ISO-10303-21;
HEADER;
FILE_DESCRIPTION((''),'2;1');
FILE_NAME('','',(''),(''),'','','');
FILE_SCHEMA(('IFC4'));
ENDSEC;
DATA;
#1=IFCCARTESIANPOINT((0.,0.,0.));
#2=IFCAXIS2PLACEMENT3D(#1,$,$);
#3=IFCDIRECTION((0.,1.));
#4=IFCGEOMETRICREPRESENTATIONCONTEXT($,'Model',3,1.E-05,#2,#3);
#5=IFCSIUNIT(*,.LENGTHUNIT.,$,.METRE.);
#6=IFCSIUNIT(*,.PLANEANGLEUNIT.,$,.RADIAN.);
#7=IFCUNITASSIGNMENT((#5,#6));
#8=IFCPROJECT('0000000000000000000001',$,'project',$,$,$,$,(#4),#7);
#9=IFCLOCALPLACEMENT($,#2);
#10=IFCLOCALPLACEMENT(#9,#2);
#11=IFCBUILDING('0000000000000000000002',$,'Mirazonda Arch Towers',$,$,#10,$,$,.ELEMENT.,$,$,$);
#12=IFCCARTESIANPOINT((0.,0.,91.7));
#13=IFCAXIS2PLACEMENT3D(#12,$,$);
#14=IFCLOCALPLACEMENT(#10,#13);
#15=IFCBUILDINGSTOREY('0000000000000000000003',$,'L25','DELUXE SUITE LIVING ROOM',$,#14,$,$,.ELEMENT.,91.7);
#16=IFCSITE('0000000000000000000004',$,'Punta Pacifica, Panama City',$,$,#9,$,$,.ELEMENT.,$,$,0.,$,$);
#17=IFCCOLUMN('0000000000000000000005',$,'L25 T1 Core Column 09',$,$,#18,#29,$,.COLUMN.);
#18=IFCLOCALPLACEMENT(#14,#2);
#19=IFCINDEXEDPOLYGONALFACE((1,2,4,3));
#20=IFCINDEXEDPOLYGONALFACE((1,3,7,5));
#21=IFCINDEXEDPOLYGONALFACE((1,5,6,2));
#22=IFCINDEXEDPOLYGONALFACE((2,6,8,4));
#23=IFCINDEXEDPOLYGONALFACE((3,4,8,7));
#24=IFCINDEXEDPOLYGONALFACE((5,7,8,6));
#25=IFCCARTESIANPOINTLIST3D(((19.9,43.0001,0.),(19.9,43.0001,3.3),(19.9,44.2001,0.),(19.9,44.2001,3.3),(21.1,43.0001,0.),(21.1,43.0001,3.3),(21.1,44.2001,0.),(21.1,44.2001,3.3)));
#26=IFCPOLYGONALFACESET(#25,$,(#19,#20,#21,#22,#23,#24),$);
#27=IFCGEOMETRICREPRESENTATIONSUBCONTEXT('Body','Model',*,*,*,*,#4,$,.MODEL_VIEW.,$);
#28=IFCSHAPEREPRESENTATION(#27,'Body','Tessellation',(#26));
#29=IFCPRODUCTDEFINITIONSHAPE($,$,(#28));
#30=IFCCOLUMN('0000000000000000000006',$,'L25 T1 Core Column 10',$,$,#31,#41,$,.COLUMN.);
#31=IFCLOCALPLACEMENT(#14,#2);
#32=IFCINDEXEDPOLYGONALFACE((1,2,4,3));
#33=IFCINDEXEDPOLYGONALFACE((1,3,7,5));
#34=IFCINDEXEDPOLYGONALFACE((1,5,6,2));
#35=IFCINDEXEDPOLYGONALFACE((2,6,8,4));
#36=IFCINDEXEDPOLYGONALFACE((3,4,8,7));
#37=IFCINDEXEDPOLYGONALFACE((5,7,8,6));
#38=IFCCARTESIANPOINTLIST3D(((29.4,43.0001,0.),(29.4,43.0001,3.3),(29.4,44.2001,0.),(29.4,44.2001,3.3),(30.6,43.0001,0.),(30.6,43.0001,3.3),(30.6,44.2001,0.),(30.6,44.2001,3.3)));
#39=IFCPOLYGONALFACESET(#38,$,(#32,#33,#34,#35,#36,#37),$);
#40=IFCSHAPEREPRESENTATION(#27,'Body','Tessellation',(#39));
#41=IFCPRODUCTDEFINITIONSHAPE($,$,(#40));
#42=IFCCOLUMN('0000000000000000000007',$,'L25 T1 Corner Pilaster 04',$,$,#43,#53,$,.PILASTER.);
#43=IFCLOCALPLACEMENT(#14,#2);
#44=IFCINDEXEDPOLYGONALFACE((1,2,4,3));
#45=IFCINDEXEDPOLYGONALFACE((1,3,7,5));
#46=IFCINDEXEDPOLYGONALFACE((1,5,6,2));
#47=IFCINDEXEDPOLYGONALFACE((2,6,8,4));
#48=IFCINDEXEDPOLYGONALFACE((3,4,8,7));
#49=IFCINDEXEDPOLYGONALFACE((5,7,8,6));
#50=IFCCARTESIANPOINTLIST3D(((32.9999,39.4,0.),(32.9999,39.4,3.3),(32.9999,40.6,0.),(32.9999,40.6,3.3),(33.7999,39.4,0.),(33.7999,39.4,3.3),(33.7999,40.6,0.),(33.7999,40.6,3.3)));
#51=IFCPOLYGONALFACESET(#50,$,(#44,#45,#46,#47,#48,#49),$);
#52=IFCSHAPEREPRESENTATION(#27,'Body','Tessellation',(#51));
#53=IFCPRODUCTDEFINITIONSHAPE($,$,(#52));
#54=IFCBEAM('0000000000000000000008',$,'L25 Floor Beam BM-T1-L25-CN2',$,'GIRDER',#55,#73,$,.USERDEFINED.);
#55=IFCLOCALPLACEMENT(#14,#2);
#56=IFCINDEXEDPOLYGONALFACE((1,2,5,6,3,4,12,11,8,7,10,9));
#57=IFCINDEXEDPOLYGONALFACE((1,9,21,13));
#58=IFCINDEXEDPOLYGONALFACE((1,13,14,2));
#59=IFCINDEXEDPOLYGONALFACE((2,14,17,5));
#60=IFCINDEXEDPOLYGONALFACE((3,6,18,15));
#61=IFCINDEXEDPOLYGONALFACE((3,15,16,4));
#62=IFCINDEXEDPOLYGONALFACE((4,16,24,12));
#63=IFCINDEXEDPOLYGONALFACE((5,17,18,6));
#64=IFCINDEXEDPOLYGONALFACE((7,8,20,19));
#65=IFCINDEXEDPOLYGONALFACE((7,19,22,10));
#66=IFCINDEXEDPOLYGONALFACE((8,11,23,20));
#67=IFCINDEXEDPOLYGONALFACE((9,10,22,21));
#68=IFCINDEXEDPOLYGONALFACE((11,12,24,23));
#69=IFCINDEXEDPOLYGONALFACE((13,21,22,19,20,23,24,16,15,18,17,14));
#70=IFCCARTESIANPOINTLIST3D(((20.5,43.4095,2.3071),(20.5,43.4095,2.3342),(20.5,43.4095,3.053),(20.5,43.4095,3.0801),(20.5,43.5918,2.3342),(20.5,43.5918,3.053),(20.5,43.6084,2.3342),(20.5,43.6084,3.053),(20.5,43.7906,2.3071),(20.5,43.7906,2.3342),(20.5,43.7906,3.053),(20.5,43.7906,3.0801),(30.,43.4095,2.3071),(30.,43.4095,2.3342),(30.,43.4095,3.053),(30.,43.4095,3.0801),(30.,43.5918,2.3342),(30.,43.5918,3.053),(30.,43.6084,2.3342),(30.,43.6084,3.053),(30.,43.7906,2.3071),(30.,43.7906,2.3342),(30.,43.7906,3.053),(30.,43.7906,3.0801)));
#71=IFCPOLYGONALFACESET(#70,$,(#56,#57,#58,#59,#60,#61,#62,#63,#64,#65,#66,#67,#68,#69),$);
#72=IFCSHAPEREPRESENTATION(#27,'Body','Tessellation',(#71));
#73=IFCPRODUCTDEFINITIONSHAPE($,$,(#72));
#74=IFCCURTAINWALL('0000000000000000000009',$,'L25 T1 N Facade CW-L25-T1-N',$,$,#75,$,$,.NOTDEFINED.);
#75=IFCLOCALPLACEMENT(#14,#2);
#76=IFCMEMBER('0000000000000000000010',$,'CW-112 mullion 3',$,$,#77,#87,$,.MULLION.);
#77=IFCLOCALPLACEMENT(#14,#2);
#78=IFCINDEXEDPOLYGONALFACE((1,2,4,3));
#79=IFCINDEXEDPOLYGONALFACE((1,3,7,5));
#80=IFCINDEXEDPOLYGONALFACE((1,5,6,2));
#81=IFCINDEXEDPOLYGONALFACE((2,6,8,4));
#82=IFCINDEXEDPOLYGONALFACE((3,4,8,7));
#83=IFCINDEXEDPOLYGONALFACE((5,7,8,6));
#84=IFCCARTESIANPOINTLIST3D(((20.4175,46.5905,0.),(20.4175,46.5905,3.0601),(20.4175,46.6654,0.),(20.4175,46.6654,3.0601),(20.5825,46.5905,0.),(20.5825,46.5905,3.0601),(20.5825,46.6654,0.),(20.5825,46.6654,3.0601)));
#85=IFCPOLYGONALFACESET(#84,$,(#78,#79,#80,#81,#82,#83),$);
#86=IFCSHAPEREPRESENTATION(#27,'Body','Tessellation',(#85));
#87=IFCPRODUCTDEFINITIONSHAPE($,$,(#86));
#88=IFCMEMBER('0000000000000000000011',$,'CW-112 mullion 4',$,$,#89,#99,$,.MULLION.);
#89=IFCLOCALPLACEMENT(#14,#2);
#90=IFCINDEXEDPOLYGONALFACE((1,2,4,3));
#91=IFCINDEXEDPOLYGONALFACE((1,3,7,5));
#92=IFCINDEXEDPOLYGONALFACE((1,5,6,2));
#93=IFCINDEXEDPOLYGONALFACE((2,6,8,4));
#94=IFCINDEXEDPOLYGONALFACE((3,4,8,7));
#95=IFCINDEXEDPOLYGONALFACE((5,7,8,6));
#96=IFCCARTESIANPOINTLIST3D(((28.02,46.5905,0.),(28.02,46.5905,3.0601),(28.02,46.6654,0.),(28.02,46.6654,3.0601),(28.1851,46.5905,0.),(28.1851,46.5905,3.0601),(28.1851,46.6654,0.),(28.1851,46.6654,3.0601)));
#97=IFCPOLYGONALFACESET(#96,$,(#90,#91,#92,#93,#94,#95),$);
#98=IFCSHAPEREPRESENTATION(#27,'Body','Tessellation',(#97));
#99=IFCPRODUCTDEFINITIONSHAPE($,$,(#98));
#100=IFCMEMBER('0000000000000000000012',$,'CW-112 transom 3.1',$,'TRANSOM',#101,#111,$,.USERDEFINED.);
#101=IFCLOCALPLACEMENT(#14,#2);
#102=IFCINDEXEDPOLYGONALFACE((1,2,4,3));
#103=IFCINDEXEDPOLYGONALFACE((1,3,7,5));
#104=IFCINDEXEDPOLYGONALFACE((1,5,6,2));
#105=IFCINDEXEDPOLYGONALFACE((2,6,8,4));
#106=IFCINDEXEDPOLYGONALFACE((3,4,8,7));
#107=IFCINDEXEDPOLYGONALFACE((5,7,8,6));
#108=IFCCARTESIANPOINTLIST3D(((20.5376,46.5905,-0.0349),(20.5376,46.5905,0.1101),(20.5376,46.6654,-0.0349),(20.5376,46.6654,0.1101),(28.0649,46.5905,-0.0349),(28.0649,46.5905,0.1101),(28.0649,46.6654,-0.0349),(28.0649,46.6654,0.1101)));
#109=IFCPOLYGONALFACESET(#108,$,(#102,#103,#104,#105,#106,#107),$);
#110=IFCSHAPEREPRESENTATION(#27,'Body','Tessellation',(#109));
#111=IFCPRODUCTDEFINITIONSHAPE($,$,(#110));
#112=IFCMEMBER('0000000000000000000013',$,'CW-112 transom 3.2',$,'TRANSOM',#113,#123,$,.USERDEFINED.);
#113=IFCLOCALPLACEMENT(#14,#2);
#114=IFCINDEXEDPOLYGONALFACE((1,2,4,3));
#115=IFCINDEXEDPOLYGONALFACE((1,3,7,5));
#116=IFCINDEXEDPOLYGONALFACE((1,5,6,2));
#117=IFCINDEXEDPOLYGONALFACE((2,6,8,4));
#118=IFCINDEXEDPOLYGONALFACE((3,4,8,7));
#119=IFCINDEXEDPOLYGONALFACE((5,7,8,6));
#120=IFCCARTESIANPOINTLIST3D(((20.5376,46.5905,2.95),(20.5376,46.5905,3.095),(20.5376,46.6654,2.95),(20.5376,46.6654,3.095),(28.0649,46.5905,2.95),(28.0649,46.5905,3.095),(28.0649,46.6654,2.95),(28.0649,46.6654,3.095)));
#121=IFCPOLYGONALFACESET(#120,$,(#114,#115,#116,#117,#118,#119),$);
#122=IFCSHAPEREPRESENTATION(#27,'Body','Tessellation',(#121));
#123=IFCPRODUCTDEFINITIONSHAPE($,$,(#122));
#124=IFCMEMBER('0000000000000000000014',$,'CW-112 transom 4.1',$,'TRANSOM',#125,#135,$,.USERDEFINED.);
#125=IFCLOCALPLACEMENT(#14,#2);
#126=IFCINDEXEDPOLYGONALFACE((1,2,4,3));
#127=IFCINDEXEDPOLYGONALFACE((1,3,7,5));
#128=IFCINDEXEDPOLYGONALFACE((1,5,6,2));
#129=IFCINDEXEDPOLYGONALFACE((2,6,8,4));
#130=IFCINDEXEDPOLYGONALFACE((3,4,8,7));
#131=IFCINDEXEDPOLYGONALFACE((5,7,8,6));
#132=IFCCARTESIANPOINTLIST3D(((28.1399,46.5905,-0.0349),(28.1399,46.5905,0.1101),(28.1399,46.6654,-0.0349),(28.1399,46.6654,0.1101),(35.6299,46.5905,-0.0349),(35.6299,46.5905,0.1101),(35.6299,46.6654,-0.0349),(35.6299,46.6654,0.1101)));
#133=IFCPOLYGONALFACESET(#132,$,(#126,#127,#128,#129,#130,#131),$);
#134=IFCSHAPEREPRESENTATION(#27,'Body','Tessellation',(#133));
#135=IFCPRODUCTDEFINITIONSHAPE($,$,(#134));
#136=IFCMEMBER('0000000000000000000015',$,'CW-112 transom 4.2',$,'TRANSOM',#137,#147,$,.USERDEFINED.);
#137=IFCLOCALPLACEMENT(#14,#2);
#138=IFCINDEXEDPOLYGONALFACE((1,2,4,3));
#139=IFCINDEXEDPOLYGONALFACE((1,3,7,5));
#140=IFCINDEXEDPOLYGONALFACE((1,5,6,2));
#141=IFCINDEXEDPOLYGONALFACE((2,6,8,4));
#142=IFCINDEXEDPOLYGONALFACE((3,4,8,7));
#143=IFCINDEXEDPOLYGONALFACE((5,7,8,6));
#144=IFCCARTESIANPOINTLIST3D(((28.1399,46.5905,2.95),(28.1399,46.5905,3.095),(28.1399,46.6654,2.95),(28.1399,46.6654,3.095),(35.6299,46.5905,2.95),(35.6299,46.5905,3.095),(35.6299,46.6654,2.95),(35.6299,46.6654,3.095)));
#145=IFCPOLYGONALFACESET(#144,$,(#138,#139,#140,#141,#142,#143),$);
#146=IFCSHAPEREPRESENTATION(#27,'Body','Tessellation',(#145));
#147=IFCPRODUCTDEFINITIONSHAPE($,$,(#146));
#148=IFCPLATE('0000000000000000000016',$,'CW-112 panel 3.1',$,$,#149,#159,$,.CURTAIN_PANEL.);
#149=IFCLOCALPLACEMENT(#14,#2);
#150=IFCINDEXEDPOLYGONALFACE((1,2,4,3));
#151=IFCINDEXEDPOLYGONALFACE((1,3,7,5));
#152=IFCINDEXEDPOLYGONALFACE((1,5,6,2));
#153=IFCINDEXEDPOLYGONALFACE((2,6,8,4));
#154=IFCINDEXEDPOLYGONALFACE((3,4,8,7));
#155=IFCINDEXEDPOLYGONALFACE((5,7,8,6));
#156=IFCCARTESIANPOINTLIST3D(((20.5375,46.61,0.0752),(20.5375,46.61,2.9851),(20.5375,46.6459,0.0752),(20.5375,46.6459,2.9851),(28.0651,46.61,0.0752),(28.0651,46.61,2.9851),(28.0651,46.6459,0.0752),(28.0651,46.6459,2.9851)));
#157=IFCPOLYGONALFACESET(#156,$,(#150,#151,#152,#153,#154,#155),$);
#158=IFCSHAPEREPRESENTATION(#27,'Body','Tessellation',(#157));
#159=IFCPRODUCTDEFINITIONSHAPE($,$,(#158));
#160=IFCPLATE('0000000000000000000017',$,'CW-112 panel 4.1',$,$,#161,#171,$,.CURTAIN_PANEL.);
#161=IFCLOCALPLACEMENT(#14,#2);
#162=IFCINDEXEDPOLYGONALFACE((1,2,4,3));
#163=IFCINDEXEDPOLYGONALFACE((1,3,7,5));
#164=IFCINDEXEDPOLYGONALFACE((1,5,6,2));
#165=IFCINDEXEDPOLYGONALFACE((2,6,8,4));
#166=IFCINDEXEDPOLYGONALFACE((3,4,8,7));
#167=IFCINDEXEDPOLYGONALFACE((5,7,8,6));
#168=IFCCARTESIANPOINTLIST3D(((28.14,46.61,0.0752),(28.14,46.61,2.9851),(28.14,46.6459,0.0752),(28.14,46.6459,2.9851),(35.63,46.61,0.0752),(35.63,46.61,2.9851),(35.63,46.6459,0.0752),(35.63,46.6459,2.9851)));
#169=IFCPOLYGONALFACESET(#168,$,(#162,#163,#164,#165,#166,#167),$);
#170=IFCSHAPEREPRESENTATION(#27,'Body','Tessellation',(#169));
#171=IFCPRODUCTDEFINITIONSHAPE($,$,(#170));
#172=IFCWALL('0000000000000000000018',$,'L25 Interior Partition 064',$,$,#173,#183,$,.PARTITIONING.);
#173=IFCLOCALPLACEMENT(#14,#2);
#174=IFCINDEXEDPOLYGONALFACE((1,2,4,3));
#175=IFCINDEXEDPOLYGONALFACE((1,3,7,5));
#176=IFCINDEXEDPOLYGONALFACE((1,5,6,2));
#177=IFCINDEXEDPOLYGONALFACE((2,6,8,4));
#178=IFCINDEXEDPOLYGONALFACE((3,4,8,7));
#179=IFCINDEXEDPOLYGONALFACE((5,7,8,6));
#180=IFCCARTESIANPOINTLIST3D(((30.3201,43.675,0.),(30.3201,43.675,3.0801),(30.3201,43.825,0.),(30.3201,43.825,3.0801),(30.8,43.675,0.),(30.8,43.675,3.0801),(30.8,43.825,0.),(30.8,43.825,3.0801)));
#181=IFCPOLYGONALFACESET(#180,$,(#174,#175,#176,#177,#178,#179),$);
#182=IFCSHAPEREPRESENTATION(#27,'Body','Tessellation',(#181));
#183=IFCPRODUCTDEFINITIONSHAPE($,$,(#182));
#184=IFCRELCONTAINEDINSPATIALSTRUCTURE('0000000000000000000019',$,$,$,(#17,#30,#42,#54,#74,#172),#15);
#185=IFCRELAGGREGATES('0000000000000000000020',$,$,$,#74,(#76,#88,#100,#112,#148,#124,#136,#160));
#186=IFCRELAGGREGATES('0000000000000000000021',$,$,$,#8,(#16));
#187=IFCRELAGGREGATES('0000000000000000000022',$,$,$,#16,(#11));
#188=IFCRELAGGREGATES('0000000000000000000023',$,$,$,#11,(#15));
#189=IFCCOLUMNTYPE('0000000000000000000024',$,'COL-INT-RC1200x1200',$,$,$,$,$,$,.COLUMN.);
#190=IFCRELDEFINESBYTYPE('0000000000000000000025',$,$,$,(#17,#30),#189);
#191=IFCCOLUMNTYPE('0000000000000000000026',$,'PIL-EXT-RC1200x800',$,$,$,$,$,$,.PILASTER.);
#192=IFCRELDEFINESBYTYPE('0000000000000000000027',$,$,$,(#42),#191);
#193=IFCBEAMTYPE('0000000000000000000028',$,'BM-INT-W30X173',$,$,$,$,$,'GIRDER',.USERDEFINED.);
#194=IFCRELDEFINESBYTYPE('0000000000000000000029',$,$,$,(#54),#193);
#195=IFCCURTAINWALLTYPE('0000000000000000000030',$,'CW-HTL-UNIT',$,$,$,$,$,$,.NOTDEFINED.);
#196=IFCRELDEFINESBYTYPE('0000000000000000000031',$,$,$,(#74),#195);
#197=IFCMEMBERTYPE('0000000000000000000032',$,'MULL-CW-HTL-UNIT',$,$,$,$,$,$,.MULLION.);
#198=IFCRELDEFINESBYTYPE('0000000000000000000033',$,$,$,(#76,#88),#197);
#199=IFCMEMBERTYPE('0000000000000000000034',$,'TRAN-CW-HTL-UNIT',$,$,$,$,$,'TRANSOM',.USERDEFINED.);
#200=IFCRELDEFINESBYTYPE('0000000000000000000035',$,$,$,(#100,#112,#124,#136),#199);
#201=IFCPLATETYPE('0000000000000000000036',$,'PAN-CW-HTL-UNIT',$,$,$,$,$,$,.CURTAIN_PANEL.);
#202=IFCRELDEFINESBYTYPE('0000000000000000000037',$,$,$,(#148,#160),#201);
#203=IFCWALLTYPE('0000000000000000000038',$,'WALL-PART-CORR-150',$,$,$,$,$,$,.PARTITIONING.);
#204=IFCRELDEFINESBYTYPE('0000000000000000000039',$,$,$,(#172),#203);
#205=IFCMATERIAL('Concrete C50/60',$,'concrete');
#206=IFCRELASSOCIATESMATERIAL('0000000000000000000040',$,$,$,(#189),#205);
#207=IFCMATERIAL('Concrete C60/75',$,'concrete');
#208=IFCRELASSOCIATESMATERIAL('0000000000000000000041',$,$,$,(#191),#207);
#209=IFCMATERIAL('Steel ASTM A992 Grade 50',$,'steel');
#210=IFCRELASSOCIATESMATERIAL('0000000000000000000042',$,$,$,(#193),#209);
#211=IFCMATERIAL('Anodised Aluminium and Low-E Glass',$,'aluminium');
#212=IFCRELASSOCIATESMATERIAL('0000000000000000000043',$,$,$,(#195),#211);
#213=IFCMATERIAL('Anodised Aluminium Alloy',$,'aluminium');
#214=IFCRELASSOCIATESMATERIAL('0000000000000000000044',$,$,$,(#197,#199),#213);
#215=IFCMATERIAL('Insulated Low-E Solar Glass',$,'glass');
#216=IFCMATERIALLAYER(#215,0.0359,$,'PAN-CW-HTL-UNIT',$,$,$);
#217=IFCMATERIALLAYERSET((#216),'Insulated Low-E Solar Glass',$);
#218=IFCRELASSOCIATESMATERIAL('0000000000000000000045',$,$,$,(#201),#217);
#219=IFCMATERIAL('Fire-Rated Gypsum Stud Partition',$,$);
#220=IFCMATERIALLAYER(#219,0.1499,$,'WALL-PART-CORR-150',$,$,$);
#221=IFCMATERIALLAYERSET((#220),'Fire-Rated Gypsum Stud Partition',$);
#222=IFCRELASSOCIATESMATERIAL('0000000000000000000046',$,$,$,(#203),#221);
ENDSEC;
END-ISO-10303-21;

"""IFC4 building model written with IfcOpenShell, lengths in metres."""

from ifc_helpers import new_model, si_unit, direction, frame, frame_2d, origin, origin_2d, place, context, subcontext, project, spatial, rectangle, i_section, extrude, material, layer, layer_set, material_profile, profile_set, type_object, element, aggregate, save


model = new_model("IFC4")

# Units and contexts
model_context = context("Model", 3, precision=1e-05, world=origin(), true_north=direction((0.0, 1.0)))
body_context = subcontext(model_context, "Body", "Model", "MODEL_VIEW")
ifc_project = project(units=[si_unit("LENGTHUNIT", "METRE"), si_unit("PLANEANGLEUNIT", "RADIAN")], contexts=[model_context])

# Site, building, storey
site_placement = place(None, origin())
site = spatial("IfcSite", under=ifc_project, at=site_placement, Name="Punta Pacifica, Panama City", CompositionType="ELEMENT", RefElevation=0.0)
building_placement = place(site_placement, origin())
building = spatial("IfcBuilding", under=site, at=building_placement, Name="Mirazonda Arch Towers", CompositionType="ELEMENT")
storey_placement = place(building_placement, frame((0.0, 0.0, 91.7)))
storey = spatial("IfcBuildingStorey", under=building, at=storey_placement, Name="L25", Description="DELUXE SUITE LIVING ROOM", CompositionType="ELEMENT", Elevation=91.7)

# Columns
ifc_material_1 = material(Name="Concrete C50/60", Category="concrete")
ifc_material_profile_1 = material_profile(ifc_material_1, rectangle(XDim=1.2, YDim=1.2, at=origin_2d()), Name="RC1200x1200")
ifc_profile_set_1 = profile_set([ifc_material_profile_1], Name="Concrete C50/60")
column_type_1 = type_object("IfcColumnType", Name="COL-INT-RC1200x1200", PredefinedType="COLUMN", material=ifc_profile_set_1)
for number, where, z_axis, x_axis, name in (
    (1, (20.5, 43.6001, 0.0), (0.0, 0.0, 1.0), (1.0, 0.0, 0.0), "L25 T1 Core Column 09"),
    (2, (30.0, 43.6001, 0.0), (0.0, 0.0, 1.0), (1.0, 0.0, 0.0), "L25 T1 Core Column 10"),
):
    element("IfcColumn", number, at=place(storey_placement, frame(where, z_axis=z_axis, x_axis=x_axis)), inside=storey, type_object=column_type_1, Name=name, PredefinedType="COLUMN", context=body_context, shape_type="SweptSolid", body=[
        extrude(rectangle(XDim=1.2, YDim=1.2, at=origin_2d()), origin(), (0.0, 0.0, 1.0), 3.3),
    ])
ifc_material_2 = material(Name="Concrete C60/75", Category="concrete")
ifc_material_profile_2 = material_profile(ifc_material_2, rectangle(XDim=0.8, YDim=1.2, at=origin_2d()), Name="RC1200x800")
ifc_profile_set_2 = profile_set([ifc_material_profile_2], Name="Concrete C60/75")
column_type_2 = type_object("IfcColumnType", Name="PIL-EXT-RC1200x800", PredefinedType="PILASTER", material=ifc_profile_set_2)
column_placement = place(storey_placement, frame((33.3999, 40.0, 0.0), z_axis=(0.0, 0.0, 1.0), x_axis=(1.0, 0.0, 0.0)))
element("IfcColumn", 3, at=column_placement, inside=storey, type_object=column_type_2, Name="L25 T1 Corner Pilaster 04", PredefinedType="PILASTER", context=body_context, shape_type="SweptSolid", body=[
    extrude(rectangle(XDim=0.8, YDim=1.2, at=origin_2d()), origin(), (0.0, 0.0, 1.0), 3.3),
])

# Beam
ifc_material_3 = material(Name="Steel ASTM A992 Grade 50", Category="steel")
ifc_material_profile_3 = material_profile(ifc_material_3, i_section(OverallWidth=0.3811, OverallDepth=0.7729, WebThickness=0.0166, FlangeThickness=0.0271, at=origin_2d()), Name="W30X173")
ifc_profile_set_3 = profile_set([ifc_material_profile_3], Name="Steel ASTM A992 Grade 50")
beam_type = type_object("IfcBeamType", Name="BM-INT-W30X173", ElementType="GIRDER", PredefinedType="USERDEFINED", material=ifc_profile_set_3)
beam_placement = place(storey_placement, frame((20.5, 43.6001, 2.6936), z_axis=(1.0, 0.0, 0.0), x_axis=(0.0, 1.0, 0.0)))
element("IfcBeam", 4, at=beam_placement, inside=storey, type_object=beam_type, Name="L25 Floor Beam BM-T1-L25-CN2", ObjectType="GIRDER", PredefinedType="USERDEFINED", context=body_context, shape_type="SweptSolid", body=[
    extrude(i_section(OverallWidth=0.3811, OverallDepth=0.7729, WebThickness=0.0166, FlangeThickness=0.0271, at=origin_2d()), origin(), (0.0, 0.0, 1.0), 9.5),
])

# Curtain wall, members, plates
ifc_material_4 = material(Name="Anodised Aluminium and Low-E Glass", Category="aluminium")
curtain_wall_type = type_object("IfcCurtainWallType", Name="CW-HTL-UNIT", PredefinedType="NOTDEFINED", material=ifc_material_4)
curtain_wall_placement = place(storey_placement, origin())
curtain_wall = element("IfcCurtainWall", 5, at=curtain_wall_placement, inside=storey, type_object=curtain_wall_type, Name="L25 T1 N Facade CW-L25-T1-N", PredefinedType="NOTDEFINED")
ifc_material_5 = material(Name="Anodised Aluminium Alloy", Category="aluminium")
ifc_material_profile_4 = material_profile(ifc_material_5, rectangle(XDim=0.075, YDim=0.165, at=origin_2d()), Name="ALU-MULL-75x165")
ifc_profile_set_4 = profile_set([ifc_material_profile_4], Name="Anodised Aluminium Alloy")
member_type_1 = type_object("IfcMemberType", Name="MULL-CW-HTL-UNIT", PredefinedType="MULLION", material=ifc_profile_set_4)
member_1_placement = place(storey_placement, frame((20.5, 46.6279, 0.0), z_axis=(0.0, 0.0, 1.0), x_axis=(0.0, 1.0, 0.0)))
member_1 = element("IfcMember", 6, at=member_1_placement, type_object=member_type_1, Name="CW-112 mullion 3", PredefinedType="MULLION", context=body_context, shape_type="SweptSolid", body=[
    extrude(rectangle(XDim=0.075, YDim=0.165, at=origin_2d()), origin(), (0.0, 0.0, 1.0), 3.0601),
])
member_2_placement = place(storey_placement, frame((28.1025, 46.6279, 0.0), z_axis=(0.0, 0.0, 1.0), x_axis=(0.0, 1.0, 0.0)))
member_2 = element("IfcMember", 7, at=member_2_placement, type_object=member_type_1, Name="CW-112 mullion 4", PredefinedType="MULLION", context=body_context, shape_type="SweptSolid", body=[
    extrude(rectangle(XDim=0.075, YDim=0.165, at=origin_2d()), origin(), (0.0, 0.0, 1.0), 3.0601),
])
ifc_material_profile_5 = material_profile(ifc_material_5, rectangle(XDim=0.075, YDim=0.145, at=origin_2d()), Name="ALU-TRAN-75x145")
ifc_profile_set_5 = profile_set([ifc_material_profile_5], Name="Anodised Aluminium Alloy")
member_type_2 = type_object("IfcMemberType", Name="TRAN-CW-HTL-UNIT", ElementType="TRANSOM", PredefinedType="USERDEFINED", material=ifc_profile_set_5)
member_3_placement = place(storey_placement, frame((20.5376, 46.6279, 0.0376), z_axis=(1.0, 0.0, 0.0), x_axis=(0.0, 1.0, 0.0)))
member_3 = element("IfcMember", 8, at=member_3_placement, type_object=member_type_2, Name="CW-112 transom 3.1", ObjectType="TRANSOM", PredefinedType="USERDEFINED", context=body_context, shape_type="SweptSolid", body=[
    extrude(rectangle(XDim=0.075, YDim=0.145, at=origin_2d()), origin(), (0.0, 0.0, 1.0), 7.5273),
])
member_4_placement = place(storey_placement, frame((20.5376, 46.6279, 3.0225), z_axis=(1.0, 0.0, 0.0), x_axis=(0.0, 1.0, 0.0)))
member_4 = element("IfcMember", 9, at=member_4_placement, type_object=member_type_2, Name="CW-112 transom 3.2", ObjectType="TRANSOM", PredefinedType="USERDEFINED", context=body_context, shape_type="SweptSolid", body=[
    extrude(rectangle(XDim=0.075, YDim=0.145, at=origin_2d()), origin(), (0.0, 0.0, 1.0), 7.5273),
])
member_5_placement = place(storey_placement, frame((28.1399, 46.6279, 0.0376), z_axis=(1.0, 0.0, 0.0), x_axis=(0.0, 1.0, 0.0)))
member_5 = element("IfcMember", 10, at=member_5_placement, type_object=member_type_2, Name="CW-112 transom 4.1", ObjectType="TRANSOM", PredefinedType="USERDEFINED", context=body_context, shape_type="SweptSolid", body=[
    extrude(rectangle(XDim=0.075, YDim=0.145, at=origin_2d()), origin(), (0.0, 0.0, 1.0), 7.49),
])
member_6_placement = place(storey_placement, frame((28.1399, 46.6279, 3.0225), z_axis=(1.0, 0.0, 0.0), x_axis=(0.0, 1.0, 0.0)))
member_6 = element("IfcMember", 11, at=member_6_placement, type_object=member_type_2, Name="CW-112 transom 4.2", ObjectType="TRANSOM", PredefinedType="USERDEFINED", context=body_context, shape_type="SweptSolid", body=[
    extrude(rectangle(XDim=0.075, YDim=0.145, at=origin_2d()), origin(), (0.0, 0.0, 1.0), 7.49),
])
ifc_material_6 = material(Name="Insulated Low-E Solar Glass", Category="glass")
ifc_layer_1 = layer(ifc_material_6, 0.0359, Name="PAN-CW-HTL-UNIT")
ifc_layer_set_1 = layer_set([ifc_layer_1], Name="Insulated Low-E Solar Glass")
plate_type = type_object("IfcPlateType", Name="PAN-CW-HTL-UNIT", PredefinedType="CURTAIN_PANEL", material=ifc_layer_set_1)
plate_1_placement = place(storey_placement, frame((24.3013, 46.6279, 0.0752), z_axis=(0.0, 0.0, 1.0), x_axis=(1.0, 0.0, 0.0)))
plate_1 = element("IfcPlate", 12, at=plate_1_placement, type_object=plate_type, Name="CW-112 panel 3.1", PredefinedType="CURTAIN_PANEL", context=body_context, shape_type="SweptSolid", body=[
    extrude(rectangle(XDim=7.5276, YDim=0.0359, at=origin_2d()), origin(), (0.0, 0.0, 1.0), 2.9099),
])
plate_2_placement = place(storey_placement, frame((31.885, 46.6279, 0.0752), z_axis=(0.0, 0.0, 1.0), x_axis=(1.0, 0.0, 0.0)))
plate_2 = element("IfcPlate", 13, at=plate_2_placement, type_object=plate_type, Name="CW-112 panel 4.1", PredefinedType="CURTAIN_PANEL", context=body_context, shape_type="SweptSolid", body=[
    extrude(rectangle(XDim=7.49, YDim=0.0359, at=origin_2d()), origin(), (0.0, 0.0, 1.0), 2.9099),
])
aggregate(curtain_wall, [member_1, member_2, member_3, member_4, plate_1, member_5, member_6, plate_2])

# Wall
ifc_material_7 = material(Name="Fire-Rated Gypsum Stud Partition")
ifc_layer_2 = layer(ifc_material_7, 0.1499, Name="WALL-PART-CORR-150")
ifc_layer_set_2 = layer_set([ifc_layer_2], Name="Fire-Rated Gypsum Stud Partition")
wall_type_1 = type_object("IfcWallType", Name="WALL-PART-CORR-150", PredefinedType="PARTITIONING", material=ifc_layer_set_2)
wall_1_placement = place(storey_placement, frame((30.3201, 43.75, 0.0), z_axis=(0.0, 0.0, 1.0), x_axis=(1.0, 0.0, 0.0)))
element("IfcWall", 14, at=wall_1_placement, inside=storey, type_object=wall_type_1, Name="L25 Interior Partition 064", PredefinedType="PARTITIONING", context=body_context, shape_type="SweptSolid", body=[
    extrude(rectangle(XDim=0.48, YDim=0.1499, at=frame_2d((0.24, 0.0))), origin(), (0.0, 0.0, 1.0), 3.0801),
])

save(model, "model.ifc")
